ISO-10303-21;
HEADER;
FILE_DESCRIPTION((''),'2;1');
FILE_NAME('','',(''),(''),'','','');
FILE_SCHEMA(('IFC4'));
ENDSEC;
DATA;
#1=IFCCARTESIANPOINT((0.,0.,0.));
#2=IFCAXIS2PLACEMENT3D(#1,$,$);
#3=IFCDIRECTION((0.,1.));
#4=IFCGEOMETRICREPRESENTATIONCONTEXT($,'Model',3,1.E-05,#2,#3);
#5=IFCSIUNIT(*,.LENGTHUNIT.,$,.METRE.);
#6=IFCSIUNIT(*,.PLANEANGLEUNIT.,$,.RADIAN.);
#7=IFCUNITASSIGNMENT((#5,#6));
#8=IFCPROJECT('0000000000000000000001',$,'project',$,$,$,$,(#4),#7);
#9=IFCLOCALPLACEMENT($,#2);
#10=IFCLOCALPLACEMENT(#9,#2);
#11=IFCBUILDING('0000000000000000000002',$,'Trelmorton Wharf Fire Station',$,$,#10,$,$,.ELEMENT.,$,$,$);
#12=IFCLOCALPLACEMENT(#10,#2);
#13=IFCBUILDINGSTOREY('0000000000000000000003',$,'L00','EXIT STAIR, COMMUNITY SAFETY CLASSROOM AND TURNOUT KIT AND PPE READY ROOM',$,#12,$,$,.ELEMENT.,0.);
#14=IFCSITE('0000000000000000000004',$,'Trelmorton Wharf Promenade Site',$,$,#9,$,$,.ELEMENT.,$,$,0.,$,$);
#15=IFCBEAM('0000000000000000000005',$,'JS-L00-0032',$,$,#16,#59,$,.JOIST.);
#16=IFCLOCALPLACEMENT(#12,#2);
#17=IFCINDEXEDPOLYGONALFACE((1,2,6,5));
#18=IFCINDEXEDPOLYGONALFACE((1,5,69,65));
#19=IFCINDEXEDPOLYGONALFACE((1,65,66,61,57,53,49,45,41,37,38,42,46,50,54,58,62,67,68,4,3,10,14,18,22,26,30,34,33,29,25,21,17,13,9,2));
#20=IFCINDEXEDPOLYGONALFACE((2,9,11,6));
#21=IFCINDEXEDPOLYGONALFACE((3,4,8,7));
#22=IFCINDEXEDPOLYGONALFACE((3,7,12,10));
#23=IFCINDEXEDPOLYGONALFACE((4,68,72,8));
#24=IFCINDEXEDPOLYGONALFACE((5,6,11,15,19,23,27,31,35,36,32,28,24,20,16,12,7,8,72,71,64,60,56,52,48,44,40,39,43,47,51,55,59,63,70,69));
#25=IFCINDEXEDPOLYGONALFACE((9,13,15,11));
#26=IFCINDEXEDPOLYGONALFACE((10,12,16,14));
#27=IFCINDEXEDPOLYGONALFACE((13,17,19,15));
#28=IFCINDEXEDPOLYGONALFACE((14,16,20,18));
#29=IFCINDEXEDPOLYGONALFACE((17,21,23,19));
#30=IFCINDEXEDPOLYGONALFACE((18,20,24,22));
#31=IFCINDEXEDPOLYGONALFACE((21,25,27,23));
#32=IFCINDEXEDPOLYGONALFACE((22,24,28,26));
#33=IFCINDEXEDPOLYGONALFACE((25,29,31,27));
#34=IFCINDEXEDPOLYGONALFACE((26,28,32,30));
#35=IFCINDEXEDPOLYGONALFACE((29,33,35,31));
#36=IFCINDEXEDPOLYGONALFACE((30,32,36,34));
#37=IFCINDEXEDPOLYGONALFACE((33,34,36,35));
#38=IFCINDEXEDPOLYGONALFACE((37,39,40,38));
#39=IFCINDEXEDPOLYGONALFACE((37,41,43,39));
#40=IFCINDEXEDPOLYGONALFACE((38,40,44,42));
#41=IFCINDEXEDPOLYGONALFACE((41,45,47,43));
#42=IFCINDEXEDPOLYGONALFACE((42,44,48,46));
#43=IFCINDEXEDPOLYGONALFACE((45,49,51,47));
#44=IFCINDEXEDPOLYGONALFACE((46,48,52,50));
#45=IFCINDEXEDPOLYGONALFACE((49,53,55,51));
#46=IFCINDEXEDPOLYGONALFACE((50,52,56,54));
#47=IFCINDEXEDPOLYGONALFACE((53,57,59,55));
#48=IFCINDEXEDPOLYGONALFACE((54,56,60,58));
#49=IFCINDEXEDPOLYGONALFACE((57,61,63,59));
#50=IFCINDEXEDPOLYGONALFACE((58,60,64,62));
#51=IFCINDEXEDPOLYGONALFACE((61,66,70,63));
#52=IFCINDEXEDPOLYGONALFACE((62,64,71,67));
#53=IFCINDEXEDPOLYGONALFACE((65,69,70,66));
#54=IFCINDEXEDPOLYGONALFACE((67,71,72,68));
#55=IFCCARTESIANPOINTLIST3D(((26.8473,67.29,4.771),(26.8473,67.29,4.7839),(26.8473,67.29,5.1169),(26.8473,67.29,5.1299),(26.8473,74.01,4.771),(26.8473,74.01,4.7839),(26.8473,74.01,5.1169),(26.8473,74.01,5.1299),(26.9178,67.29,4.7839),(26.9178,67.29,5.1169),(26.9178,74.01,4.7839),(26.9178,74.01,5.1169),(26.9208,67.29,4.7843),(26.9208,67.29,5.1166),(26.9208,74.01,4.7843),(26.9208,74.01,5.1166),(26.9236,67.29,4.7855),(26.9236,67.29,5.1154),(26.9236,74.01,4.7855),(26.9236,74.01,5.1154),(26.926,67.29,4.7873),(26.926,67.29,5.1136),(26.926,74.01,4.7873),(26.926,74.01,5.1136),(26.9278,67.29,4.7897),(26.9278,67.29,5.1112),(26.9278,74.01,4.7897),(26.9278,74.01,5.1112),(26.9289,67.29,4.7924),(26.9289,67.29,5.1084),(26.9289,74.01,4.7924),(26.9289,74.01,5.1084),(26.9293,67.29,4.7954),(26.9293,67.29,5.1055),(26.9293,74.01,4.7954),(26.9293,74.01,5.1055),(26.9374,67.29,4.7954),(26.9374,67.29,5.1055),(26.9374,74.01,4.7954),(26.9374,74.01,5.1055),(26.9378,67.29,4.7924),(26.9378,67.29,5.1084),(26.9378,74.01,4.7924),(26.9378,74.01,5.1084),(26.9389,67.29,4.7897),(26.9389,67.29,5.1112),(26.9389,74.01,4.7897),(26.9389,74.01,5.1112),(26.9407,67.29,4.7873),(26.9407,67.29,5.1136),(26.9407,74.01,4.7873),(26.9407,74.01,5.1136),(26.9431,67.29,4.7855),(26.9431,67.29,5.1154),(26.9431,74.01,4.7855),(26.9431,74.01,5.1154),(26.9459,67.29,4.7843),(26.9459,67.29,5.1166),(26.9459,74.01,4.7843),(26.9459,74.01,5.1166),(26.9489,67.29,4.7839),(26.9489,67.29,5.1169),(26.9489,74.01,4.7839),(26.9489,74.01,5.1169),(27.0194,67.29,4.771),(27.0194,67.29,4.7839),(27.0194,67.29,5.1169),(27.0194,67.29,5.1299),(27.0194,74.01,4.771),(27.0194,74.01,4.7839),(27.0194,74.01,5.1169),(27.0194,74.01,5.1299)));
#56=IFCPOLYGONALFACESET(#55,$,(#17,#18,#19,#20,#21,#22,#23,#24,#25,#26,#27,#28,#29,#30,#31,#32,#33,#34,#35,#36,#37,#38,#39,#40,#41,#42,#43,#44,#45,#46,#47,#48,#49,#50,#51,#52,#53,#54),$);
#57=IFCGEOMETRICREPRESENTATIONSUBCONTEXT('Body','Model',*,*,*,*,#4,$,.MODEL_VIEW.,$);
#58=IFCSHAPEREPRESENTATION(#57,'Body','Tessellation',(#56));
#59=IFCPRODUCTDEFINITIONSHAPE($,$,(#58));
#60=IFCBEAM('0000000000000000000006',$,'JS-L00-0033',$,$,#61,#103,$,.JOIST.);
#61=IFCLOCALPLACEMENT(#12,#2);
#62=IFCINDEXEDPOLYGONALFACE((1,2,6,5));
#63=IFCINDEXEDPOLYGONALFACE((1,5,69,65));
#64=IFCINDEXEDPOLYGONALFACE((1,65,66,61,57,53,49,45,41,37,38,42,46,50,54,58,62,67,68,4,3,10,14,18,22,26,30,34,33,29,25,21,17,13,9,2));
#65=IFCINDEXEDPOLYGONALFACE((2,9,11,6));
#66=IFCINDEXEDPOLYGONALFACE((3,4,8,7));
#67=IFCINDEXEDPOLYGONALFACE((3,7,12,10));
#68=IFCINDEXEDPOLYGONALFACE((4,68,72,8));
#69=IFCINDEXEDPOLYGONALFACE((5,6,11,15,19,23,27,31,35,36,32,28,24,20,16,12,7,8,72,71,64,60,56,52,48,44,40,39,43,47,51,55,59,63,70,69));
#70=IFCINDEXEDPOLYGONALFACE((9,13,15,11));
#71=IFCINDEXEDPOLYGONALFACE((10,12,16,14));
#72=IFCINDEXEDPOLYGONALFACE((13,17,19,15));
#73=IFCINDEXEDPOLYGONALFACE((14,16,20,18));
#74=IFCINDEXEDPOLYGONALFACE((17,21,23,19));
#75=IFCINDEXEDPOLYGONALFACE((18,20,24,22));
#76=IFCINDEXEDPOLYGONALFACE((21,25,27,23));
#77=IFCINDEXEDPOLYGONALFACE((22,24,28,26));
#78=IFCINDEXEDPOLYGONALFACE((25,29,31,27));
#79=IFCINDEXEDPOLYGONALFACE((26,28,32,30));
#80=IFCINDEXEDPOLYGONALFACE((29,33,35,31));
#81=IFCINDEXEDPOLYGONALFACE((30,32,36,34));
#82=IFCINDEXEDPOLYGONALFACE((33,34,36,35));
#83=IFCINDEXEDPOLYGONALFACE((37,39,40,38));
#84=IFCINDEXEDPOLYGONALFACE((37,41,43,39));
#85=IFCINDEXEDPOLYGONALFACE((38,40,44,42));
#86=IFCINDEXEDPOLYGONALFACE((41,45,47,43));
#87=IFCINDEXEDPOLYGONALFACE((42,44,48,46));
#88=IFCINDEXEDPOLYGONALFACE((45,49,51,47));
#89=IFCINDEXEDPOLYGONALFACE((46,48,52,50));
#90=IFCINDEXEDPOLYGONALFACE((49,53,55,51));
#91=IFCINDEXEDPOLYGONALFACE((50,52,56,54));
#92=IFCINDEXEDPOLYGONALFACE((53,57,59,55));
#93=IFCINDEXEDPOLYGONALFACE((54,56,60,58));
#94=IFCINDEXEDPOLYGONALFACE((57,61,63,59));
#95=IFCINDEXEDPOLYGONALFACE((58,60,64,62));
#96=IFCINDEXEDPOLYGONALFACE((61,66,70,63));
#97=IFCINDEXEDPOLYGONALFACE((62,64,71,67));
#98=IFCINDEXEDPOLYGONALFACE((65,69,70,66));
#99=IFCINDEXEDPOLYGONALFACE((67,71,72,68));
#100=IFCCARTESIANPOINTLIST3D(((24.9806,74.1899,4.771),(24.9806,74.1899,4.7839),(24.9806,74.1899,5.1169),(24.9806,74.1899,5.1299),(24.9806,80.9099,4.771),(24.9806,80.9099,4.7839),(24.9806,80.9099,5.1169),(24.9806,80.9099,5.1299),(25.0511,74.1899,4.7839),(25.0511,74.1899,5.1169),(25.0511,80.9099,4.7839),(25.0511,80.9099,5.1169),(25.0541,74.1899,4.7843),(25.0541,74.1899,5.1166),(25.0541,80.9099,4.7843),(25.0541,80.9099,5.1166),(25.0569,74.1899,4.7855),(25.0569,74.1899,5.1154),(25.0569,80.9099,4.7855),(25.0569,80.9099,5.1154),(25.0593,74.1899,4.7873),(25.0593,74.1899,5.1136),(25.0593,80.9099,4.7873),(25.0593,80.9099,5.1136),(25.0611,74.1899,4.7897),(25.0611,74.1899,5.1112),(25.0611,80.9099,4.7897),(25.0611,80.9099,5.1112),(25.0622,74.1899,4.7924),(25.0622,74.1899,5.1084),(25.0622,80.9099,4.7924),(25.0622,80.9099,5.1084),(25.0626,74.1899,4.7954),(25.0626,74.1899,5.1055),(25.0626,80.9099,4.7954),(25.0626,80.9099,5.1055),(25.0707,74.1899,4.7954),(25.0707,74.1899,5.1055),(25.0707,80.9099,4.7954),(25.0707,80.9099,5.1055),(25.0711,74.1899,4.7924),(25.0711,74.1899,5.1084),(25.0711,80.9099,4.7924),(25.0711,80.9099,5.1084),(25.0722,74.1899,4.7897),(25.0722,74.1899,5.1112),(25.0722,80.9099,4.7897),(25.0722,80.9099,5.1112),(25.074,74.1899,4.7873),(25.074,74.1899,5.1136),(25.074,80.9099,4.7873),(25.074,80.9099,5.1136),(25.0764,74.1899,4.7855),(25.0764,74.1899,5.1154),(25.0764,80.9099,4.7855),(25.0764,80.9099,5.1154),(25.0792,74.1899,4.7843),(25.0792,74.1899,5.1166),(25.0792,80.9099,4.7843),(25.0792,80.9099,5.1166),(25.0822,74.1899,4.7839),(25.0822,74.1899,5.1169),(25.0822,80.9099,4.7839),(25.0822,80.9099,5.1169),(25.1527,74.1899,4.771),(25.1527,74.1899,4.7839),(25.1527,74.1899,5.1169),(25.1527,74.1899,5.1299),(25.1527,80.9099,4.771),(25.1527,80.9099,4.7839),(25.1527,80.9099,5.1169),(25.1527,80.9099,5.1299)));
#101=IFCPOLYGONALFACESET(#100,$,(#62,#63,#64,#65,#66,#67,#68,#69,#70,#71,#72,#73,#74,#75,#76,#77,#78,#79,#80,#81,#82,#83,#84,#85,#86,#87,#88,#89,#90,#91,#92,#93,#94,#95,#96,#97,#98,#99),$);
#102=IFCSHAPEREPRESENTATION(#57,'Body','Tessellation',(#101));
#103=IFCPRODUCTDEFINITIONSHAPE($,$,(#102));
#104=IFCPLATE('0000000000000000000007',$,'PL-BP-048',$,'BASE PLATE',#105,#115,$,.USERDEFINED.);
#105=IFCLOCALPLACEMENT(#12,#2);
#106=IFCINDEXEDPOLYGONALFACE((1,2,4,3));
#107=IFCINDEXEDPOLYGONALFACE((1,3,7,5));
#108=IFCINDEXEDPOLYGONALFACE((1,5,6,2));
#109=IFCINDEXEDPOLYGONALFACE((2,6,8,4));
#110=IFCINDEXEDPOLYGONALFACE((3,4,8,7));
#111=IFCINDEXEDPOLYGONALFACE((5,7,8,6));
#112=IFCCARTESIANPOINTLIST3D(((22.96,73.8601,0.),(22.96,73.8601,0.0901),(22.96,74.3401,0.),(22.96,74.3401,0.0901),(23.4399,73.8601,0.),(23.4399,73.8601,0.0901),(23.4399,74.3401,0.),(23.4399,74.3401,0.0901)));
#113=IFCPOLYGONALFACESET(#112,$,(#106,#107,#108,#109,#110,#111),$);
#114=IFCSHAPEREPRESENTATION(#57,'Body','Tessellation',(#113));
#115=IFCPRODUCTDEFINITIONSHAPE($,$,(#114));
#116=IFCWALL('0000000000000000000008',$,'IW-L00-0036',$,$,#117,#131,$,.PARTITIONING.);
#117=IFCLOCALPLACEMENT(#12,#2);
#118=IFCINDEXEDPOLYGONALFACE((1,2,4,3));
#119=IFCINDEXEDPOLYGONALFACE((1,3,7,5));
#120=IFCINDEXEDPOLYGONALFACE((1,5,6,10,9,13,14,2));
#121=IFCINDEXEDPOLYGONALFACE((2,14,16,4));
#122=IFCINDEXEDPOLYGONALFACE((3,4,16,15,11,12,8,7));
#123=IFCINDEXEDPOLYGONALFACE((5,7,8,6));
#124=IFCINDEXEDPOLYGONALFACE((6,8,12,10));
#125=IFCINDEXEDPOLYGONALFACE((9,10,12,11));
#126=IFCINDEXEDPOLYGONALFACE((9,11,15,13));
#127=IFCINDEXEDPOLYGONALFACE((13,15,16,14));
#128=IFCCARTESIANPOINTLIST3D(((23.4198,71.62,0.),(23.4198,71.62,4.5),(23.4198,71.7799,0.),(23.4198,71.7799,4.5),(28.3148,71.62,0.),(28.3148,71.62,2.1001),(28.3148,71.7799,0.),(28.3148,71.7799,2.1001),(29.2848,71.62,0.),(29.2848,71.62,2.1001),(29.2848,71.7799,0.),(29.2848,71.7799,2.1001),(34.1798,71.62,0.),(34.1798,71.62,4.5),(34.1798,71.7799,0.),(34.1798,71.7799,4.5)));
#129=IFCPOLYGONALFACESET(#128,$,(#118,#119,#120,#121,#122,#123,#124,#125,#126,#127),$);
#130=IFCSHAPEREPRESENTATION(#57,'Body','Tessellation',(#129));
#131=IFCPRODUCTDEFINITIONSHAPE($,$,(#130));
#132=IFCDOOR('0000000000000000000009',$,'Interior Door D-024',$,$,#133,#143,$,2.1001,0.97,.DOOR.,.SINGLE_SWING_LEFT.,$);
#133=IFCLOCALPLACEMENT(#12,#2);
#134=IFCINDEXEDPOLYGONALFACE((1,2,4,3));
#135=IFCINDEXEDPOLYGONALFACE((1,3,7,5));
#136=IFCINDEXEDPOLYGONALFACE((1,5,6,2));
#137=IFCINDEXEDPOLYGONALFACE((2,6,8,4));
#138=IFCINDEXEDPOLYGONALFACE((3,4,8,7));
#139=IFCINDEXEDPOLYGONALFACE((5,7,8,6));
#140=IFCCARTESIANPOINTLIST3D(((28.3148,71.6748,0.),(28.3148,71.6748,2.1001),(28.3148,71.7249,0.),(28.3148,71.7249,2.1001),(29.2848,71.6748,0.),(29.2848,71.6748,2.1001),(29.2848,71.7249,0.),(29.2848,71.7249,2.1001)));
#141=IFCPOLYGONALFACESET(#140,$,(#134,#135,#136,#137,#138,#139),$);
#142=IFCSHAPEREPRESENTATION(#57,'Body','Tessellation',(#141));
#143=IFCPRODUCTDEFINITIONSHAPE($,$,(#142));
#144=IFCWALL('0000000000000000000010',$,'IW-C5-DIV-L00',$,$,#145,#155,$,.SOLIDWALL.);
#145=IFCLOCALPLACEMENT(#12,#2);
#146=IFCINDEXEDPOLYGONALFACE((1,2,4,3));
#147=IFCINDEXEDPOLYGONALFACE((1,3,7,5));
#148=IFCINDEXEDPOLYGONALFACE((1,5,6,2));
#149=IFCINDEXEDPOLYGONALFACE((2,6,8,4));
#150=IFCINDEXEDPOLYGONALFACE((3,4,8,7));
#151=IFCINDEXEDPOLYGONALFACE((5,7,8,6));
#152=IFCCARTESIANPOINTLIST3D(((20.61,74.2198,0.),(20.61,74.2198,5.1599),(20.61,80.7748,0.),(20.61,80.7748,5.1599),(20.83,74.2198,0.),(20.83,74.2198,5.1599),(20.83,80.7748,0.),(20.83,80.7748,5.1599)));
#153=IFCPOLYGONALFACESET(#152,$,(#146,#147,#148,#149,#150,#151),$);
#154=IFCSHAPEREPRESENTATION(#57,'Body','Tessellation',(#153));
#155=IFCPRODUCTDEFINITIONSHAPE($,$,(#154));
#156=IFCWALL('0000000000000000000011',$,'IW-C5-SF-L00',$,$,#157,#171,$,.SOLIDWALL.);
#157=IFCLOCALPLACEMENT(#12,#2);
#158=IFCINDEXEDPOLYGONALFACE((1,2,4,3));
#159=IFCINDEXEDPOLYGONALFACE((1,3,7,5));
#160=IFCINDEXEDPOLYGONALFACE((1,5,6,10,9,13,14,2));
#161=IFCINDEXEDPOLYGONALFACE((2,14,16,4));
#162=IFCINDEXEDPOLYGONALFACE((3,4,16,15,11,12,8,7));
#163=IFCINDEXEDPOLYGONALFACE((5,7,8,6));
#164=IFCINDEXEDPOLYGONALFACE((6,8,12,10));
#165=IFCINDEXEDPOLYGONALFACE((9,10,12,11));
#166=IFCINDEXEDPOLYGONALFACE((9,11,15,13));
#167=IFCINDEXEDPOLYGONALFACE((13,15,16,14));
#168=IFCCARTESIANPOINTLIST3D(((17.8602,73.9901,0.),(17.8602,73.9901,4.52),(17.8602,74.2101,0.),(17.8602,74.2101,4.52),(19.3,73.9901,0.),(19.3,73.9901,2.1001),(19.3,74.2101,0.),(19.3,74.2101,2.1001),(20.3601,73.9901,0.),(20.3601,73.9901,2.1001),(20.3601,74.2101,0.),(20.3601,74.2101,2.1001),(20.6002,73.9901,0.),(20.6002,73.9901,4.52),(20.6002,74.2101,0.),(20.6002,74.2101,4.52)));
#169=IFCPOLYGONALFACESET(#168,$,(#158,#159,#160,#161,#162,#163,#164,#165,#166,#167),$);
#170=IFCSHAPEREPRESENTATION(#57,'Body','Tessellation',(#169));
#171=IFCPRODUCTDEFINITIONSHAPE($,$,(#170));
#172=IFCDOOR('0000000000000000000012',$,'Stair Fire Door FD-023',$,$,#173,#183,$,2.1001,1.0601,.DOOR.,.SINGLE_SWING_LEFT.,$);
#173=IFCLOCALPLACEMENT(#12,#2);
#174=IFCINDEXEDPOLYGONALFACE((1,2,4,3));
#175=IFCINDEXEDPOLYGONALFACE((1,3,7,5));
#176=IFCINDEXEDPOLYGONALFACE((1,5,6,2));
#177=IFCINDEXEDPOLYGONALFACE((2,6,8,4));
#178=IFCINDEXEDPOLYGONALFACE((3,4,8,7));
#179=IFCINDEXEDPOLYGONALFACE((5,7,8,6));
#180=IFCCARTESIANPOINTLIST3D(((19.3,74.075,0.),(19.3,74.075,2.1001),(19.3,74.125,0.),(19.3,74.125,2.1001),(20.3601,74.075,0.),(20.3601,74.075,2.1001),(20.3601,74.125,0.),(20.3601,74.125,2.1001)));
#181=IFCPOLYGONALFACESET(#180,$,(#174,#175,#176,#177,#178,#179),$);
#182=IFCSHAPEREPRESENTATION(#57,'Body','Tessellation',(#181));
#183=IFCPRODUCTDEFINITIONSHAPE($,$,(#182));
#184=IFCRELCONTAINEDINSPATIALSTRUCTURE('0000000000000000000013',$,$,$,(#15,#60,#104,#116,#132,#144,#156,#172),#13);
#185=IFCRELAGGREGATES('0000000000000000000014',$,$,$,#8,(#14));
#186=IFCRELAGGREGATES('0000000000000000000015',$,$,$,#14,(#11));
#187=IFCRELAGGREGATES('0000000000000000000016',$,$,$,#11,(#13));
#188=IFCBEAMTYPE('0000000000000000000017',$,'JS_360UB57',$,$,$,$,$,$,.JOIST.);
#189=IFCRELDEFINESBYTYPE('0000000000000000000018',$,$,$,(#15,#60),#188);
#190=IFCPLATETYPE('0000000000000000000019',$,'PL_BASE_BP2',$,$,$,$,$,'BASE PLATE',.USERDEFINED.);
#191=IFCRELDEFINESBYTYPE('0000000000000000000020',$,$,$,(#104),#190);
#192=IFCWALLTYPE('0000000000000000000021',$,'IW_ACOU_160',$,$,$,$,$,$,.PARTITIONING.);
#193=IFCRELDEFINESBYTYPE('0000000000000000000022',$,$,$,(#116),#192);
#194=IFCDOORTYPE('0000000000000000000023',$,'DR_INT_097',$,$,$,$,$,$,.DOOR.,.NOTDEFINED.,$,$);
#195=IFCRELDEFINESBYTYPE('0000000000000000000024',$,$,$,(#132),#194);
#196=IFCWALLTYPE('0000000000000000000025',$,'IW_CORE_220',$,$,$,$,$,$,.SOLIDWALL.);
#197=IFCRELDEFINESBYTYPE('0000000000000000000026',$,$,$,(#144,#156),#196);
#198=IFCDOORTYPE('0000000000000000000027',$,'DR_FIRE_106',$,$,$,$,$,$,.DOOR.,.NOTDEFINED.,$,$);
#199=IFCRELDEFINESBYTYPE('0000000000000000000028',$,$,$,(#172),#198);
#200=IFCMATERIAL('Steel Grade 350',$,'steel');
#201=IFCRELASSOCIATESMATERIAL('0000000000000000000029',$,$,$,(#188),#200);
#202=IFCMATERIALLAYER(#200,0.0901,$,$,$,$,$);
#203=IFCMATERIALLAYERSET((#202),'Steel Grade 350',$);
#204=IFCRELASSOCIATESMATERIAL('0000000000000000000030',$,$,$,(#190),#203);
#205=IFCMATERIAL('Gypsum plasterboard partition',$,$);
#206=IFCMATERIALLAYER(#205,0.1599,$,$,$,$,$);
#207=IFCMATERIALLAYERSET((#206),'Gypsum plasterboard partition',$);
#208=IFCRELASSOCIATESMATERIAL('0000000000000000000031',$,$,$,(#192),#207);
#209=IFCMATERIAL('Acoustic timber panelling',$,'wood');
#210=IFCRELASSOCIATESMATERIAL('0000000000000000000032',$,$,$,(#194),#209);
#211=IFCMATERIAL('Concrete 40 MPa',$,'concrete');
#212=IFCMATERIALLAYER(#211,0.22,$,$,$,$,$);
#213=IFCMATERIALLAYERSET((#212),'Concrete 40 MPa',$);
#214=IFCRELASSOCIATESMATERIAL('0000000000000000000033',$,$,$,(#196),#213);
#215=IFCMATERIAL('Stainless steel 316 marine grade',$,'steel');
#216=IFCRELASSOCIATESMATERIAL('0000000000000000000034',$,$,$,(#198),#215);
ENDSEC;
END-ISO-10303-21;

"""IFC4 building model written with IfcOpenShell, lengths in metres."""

from ifc_helpers import new_model, si_unit, direction, frame, frame_2d, origin, origin_2d, place, context, subcontext, project, spatial, rectangle, i_section, extrude, material, layer, layer_set, material_profile, profile_set, type_object, element, fill, save


model = new_model("IFC4")

# Units and contexts
model_context = context("Model", 3, precision=1e-05, world=origin(), true_north=direction((0.0, 1.0)))
body_context = subcontext(model_context, "Body", "Model", "MODEL_VIEW")
ifc_project = project(units=[si_unit("LENGTHUNIT", "METRE"), si_unit("PLANEANGLEUNIT", "RADIAN")], contexts=[model_context])

# Site, building, storey
site_placement = place(None, origin())
site = spatial("IfcSite", under=ifc_project, at=site_placement, Name="Trelmorton Wharf Promenade Site", CompositionType="ELEMENT", RefElevation=0.0)
building_placement = place(site_placement, origin())
building = spatial("IfcBuilding", under=site, at=building_placement, Name="Trelmorton Wharf Fire Station", CompositionType="ELEMENT")
storey_placement = place(building_placement, origin())
storey = spatial("IfcBuildingStorey", under=building, at=storey_placement, Name="L00", Description="EXIT STAIR, COMMUNITY SAFETY CLASSROOM AND TURNOUT KIT AND PPE READY ROOM", CompositionType="ELEMENT", Elevation=0.0)

# Shared definitions
ifc_material_1 = material(Name="Concrete 40 MPa", Category="concrete")

# Shared definitions
ifc_material_2 = material(Name="Steel Grade 350", Category="steel")

# Beams
ifc_material_profile_1 = material_profile(ifc_material_2, i_section(OverallWidth=0.1721, OverallDepth=0.3589, WebThickness=0.0081, FlangeThickness=0.0129, FilletRadius=0.0115, at=origin_2d()), Name="360UB56.7")
ifc_profile_set_1 = profile_set([ifc_material_profile_1], Name="Steel Grade 350")
beam_type_1 = type_object("IfcBeamType", Name="JS_360UB57", PredefinedType="JOIST", material=ifc_profile_set_1)
for number, where, z_axis, x_axis, name in (
    (1, (26.9333, 67.29, 4.9504), (0.0, 1.0, 0.0), (-1.0, 0.0, 0.0), "JS-L00-0032"),
    (2, (25.0667, 74.1899, 4.9504), (0.0, 1.0, 0.0), (-1.0, 0.0, 0.0), "JS-L00-0033"),
):
    element("IfcBeam", number, at=place(storey_placement, frame(where, z_axis=z_axis, x_axis=x_axis)), inside=storey, type_object=beam_type_1, Name=name, PredefinedType="JOIST", context=body_context, shape_type="SweptSolid", body=[
        extrude(i_section(OverallWidth=0.1721, OverallDepth=0.3589, WebThickness=0.0081, FlangeThickness=0.0129, FilletRadius=0.0115, at=origin_2d()), origin(), (0.0, 0.0, 1.0), 6.72),
    ])

# Plate
ifc_layer_1 = layer(ifc_material_2, 0.0901)
ifc_layer_set_1 = layer_set([ifc_layer_1], Name="Steel Grade 350")
plate_type = type_object("IfcPlateType", Name="PL_BASE_BP2", ElementType="BASE PLATE", PredefinedType="USERDEFINED", material=ifc_layer_set_1)
plate_placement = place(storey_placement, frame((23.2, 74.1001, 0.0), z_axis=(0.0, 0.0, 1.0), x_axis=(1.0, 0.0, 0.0)))
element("IfcPlate", 3, at=plate_placement, inside=storey, type_object=plate_type, Name="PL-BP-048", ObjectType="BASE PLATE", PredefinedType="USERDEFINED", context=body_context, shape_type="SweptSolid", body=[
    extrude(rectangle(XDim=0.48, YDim=0.48, at=origin_2d()), origin(), (0.0, 0.0, 1.0), 0.0901),
])

# Wall, opening, door
ifc_material_3 = material(Name="Gypsum plasterboard partition")
ifc_layer_2 = layer(ifc_material_3, 0.1599)
ifc_layer_set_2 = layer_set([ifc_layer_2], Name="Gypsum plasterboard partition")
wall_type_1 = type_object("IfcWallType", Name="IW_ACOU_160", PredefinedType="PARTITIONING", material=ifc_layer_set_2)
wall_1_placement = place(storey_placement, frame((23.4199, 71.7, 0.0), z_axis=(0.0, 0.0, 1.0), x_axis=(1.0, 0.0, 0.0)))
wall_1 = element("IfcWall", 4, at=wall_1_placement, inside=storey, type_object=wall_type_1, Name="IW-L00-0036", PredefinedType="PARTITIONING", context=body_context, shape_type="SweptSolid", body=[
    extrude(rectangle(XDim=10.76, YDim=0.1599, at=frame_2d((5.3799, 0.0))), origin(), (0.0, 0.0, 1.0), 4.5),
])
opening_1_placement = place(wall_1_placement, frame((4.895, 0.0, 0.0)))
opening_1 = element("IfcOpeningElement", 5, at=opening_1_placement, cuts=wall_1, PredefinedType="OPENING", context=body_context, shape_type="SweptSolid", body=[
    extrude(rectangle(XDim=0.97, YDim=2.1001, at=frame_2d((0.4849, 1.05))), frame((0.0, 0.0898, 0.0), z_axis=(0.0, -1.0, 0.0), x_axis=(1.0, 0.0, 0.0)), (0.0, 0.0, 1.0), 0.1799),
])
ifc_material_4 = material(Name="Acoustic timber panelling", Category="wood")
door_type_1 = type_object("IfcDoorType", Name="DR_INT_097", OperationType="NOTDEFINED", PredefinedType="DOOR", material=ifc_material_4)
door_1_placement = place(opening_1_placement, origin())
door_1 = element("IfcDoor", 6, at=door_1_placement, inside=storey, type_object=door_type_1, Name="Interior Door D-024", OperationType="SINGLE_SWING_LEFT", OverallHeight=2.1001, OverallWidth=0.97, PredefinedType="DOOR", context=body_context, shape_type="SweptSolid", body=[
    extrude(rectangle(XDim=0.97, YDim=2.1001, at=frame_2d((0.4849, 1.05))), frame((0.0, 0.0249, 0.0), z_axis=(0.0, -1.0, 0.0), x_axis=(1.0, 0.0, 0.0)), (0.0, 0.0, 1.0), 0.05),
])
fill(opening_1, door_1)

# Wall
ifc_layer_3 = layer(ifc_material_1, 0.22)
ifc_layer_set_3 = layer_set([ifc_layer_3], Name="Concrete 40 MPa")
wall_type_2 = type_object("IfcWallType", Name="IW_CORE_220", PredefinedType="SOLIDWALL", material=ifc_layer_set_3)
wall_2_placement = place(storey_placement, frame((20.72, 74.22, 0.0), z_axis=(0.0, 0.0, 1.0), x_axis=(0.0, 1.0, 0.0)))
element("IfcWall", 7, at=wall_2_placement, inside=storey, type_object=wall_type_2, Name="IW-C5-DIV-L00", PredefinedType="SOLIDWALL", context=body_context, shape_type="SweptSolid", body=[
    extrude(rectangle(XDim=6.5549, YDim=0.22, at=frame_2d((3.2773, 0.0))), origin(), (0.0, 0.0, 1.0), 5.1599),
])

# Wall, opening, door
wall_3_placement = place(storey_placement, frame((17.8601, 74.1001, 0.0), z_axis=(0.0, 0.0, 1.0), x_axis=(1.0, 0.0, 0.0)))
wall_3 = element("IfcWall", 8, at=wall_3_placement, inside=storey, type_object=wall_type_2, Name="IW-C5-SF-L00", PredefinedType="SOLIDWALL", context=body_context, shape_type="SweptSolid", body=[
    extrude(rectangle(XDim=2.74, YDim=0.22, at=frame_2d((1.3701, 0.0))), origin(), (0.0, 0.0, 1.0), 4.52),
])
opening_2_placement = place(wall_3_placement, frame((1.4399, 0.0, 0.0)))
opening_2 = element("IfcOpeningElement", 9, at=opening_2_placement, cuts=wall_3, PredefinedType="OPENING", context=body_context, shape_type="SweptSolid", body=[
    extrude(rectangle(XDim=1.0601, YDim=2.1001, at=frame_2d((0.53, 1.05))), frame((0.0, 0.1201, 0.0), z_axis=(0.0, -1.0, 0.0), x_axis=(1.0, 0.0, 0.0)), (0.0, 0.0, 1.0), 0.24),
])
ifc_material_5 = material(Name="Stainless steel 316 marine grade", Category="steel")
door_type_2 = type_object("IfcDoorType", Name="DR_FIRE_106", OperationType="NOTDEFINED", PredefinedType="DOOR", material=ifc_material_5)
door_2_placement = place(opening_2_placement, origin())
door_2 = element("IfcDoor", 10, at=door_2_placement, inside=storey, type_object=door_type_2, Name="Stair Fire Door FD-023", OperationType="SINGLE_SWING_LEFT", OverallHeight=2.1001, OverallWidth=1.0601, PredefinedType="DOOR", context=body_context, shape_type="SweptSolid", body=[
    extrude(rectangle(XDim=1.0601, YDim=2.1001, at=frame_2d((0.53, 1.05))), frame((0.0, 0.0249, 0.0), z_axis=(0.0, -1.0, 0.0), x_axis=(1.0, 0.0, 0.0)), (0.0, 0.0, 1.0), 0.05),
])
fill(opening_2, door_2)

save(model, "model.ifc")
